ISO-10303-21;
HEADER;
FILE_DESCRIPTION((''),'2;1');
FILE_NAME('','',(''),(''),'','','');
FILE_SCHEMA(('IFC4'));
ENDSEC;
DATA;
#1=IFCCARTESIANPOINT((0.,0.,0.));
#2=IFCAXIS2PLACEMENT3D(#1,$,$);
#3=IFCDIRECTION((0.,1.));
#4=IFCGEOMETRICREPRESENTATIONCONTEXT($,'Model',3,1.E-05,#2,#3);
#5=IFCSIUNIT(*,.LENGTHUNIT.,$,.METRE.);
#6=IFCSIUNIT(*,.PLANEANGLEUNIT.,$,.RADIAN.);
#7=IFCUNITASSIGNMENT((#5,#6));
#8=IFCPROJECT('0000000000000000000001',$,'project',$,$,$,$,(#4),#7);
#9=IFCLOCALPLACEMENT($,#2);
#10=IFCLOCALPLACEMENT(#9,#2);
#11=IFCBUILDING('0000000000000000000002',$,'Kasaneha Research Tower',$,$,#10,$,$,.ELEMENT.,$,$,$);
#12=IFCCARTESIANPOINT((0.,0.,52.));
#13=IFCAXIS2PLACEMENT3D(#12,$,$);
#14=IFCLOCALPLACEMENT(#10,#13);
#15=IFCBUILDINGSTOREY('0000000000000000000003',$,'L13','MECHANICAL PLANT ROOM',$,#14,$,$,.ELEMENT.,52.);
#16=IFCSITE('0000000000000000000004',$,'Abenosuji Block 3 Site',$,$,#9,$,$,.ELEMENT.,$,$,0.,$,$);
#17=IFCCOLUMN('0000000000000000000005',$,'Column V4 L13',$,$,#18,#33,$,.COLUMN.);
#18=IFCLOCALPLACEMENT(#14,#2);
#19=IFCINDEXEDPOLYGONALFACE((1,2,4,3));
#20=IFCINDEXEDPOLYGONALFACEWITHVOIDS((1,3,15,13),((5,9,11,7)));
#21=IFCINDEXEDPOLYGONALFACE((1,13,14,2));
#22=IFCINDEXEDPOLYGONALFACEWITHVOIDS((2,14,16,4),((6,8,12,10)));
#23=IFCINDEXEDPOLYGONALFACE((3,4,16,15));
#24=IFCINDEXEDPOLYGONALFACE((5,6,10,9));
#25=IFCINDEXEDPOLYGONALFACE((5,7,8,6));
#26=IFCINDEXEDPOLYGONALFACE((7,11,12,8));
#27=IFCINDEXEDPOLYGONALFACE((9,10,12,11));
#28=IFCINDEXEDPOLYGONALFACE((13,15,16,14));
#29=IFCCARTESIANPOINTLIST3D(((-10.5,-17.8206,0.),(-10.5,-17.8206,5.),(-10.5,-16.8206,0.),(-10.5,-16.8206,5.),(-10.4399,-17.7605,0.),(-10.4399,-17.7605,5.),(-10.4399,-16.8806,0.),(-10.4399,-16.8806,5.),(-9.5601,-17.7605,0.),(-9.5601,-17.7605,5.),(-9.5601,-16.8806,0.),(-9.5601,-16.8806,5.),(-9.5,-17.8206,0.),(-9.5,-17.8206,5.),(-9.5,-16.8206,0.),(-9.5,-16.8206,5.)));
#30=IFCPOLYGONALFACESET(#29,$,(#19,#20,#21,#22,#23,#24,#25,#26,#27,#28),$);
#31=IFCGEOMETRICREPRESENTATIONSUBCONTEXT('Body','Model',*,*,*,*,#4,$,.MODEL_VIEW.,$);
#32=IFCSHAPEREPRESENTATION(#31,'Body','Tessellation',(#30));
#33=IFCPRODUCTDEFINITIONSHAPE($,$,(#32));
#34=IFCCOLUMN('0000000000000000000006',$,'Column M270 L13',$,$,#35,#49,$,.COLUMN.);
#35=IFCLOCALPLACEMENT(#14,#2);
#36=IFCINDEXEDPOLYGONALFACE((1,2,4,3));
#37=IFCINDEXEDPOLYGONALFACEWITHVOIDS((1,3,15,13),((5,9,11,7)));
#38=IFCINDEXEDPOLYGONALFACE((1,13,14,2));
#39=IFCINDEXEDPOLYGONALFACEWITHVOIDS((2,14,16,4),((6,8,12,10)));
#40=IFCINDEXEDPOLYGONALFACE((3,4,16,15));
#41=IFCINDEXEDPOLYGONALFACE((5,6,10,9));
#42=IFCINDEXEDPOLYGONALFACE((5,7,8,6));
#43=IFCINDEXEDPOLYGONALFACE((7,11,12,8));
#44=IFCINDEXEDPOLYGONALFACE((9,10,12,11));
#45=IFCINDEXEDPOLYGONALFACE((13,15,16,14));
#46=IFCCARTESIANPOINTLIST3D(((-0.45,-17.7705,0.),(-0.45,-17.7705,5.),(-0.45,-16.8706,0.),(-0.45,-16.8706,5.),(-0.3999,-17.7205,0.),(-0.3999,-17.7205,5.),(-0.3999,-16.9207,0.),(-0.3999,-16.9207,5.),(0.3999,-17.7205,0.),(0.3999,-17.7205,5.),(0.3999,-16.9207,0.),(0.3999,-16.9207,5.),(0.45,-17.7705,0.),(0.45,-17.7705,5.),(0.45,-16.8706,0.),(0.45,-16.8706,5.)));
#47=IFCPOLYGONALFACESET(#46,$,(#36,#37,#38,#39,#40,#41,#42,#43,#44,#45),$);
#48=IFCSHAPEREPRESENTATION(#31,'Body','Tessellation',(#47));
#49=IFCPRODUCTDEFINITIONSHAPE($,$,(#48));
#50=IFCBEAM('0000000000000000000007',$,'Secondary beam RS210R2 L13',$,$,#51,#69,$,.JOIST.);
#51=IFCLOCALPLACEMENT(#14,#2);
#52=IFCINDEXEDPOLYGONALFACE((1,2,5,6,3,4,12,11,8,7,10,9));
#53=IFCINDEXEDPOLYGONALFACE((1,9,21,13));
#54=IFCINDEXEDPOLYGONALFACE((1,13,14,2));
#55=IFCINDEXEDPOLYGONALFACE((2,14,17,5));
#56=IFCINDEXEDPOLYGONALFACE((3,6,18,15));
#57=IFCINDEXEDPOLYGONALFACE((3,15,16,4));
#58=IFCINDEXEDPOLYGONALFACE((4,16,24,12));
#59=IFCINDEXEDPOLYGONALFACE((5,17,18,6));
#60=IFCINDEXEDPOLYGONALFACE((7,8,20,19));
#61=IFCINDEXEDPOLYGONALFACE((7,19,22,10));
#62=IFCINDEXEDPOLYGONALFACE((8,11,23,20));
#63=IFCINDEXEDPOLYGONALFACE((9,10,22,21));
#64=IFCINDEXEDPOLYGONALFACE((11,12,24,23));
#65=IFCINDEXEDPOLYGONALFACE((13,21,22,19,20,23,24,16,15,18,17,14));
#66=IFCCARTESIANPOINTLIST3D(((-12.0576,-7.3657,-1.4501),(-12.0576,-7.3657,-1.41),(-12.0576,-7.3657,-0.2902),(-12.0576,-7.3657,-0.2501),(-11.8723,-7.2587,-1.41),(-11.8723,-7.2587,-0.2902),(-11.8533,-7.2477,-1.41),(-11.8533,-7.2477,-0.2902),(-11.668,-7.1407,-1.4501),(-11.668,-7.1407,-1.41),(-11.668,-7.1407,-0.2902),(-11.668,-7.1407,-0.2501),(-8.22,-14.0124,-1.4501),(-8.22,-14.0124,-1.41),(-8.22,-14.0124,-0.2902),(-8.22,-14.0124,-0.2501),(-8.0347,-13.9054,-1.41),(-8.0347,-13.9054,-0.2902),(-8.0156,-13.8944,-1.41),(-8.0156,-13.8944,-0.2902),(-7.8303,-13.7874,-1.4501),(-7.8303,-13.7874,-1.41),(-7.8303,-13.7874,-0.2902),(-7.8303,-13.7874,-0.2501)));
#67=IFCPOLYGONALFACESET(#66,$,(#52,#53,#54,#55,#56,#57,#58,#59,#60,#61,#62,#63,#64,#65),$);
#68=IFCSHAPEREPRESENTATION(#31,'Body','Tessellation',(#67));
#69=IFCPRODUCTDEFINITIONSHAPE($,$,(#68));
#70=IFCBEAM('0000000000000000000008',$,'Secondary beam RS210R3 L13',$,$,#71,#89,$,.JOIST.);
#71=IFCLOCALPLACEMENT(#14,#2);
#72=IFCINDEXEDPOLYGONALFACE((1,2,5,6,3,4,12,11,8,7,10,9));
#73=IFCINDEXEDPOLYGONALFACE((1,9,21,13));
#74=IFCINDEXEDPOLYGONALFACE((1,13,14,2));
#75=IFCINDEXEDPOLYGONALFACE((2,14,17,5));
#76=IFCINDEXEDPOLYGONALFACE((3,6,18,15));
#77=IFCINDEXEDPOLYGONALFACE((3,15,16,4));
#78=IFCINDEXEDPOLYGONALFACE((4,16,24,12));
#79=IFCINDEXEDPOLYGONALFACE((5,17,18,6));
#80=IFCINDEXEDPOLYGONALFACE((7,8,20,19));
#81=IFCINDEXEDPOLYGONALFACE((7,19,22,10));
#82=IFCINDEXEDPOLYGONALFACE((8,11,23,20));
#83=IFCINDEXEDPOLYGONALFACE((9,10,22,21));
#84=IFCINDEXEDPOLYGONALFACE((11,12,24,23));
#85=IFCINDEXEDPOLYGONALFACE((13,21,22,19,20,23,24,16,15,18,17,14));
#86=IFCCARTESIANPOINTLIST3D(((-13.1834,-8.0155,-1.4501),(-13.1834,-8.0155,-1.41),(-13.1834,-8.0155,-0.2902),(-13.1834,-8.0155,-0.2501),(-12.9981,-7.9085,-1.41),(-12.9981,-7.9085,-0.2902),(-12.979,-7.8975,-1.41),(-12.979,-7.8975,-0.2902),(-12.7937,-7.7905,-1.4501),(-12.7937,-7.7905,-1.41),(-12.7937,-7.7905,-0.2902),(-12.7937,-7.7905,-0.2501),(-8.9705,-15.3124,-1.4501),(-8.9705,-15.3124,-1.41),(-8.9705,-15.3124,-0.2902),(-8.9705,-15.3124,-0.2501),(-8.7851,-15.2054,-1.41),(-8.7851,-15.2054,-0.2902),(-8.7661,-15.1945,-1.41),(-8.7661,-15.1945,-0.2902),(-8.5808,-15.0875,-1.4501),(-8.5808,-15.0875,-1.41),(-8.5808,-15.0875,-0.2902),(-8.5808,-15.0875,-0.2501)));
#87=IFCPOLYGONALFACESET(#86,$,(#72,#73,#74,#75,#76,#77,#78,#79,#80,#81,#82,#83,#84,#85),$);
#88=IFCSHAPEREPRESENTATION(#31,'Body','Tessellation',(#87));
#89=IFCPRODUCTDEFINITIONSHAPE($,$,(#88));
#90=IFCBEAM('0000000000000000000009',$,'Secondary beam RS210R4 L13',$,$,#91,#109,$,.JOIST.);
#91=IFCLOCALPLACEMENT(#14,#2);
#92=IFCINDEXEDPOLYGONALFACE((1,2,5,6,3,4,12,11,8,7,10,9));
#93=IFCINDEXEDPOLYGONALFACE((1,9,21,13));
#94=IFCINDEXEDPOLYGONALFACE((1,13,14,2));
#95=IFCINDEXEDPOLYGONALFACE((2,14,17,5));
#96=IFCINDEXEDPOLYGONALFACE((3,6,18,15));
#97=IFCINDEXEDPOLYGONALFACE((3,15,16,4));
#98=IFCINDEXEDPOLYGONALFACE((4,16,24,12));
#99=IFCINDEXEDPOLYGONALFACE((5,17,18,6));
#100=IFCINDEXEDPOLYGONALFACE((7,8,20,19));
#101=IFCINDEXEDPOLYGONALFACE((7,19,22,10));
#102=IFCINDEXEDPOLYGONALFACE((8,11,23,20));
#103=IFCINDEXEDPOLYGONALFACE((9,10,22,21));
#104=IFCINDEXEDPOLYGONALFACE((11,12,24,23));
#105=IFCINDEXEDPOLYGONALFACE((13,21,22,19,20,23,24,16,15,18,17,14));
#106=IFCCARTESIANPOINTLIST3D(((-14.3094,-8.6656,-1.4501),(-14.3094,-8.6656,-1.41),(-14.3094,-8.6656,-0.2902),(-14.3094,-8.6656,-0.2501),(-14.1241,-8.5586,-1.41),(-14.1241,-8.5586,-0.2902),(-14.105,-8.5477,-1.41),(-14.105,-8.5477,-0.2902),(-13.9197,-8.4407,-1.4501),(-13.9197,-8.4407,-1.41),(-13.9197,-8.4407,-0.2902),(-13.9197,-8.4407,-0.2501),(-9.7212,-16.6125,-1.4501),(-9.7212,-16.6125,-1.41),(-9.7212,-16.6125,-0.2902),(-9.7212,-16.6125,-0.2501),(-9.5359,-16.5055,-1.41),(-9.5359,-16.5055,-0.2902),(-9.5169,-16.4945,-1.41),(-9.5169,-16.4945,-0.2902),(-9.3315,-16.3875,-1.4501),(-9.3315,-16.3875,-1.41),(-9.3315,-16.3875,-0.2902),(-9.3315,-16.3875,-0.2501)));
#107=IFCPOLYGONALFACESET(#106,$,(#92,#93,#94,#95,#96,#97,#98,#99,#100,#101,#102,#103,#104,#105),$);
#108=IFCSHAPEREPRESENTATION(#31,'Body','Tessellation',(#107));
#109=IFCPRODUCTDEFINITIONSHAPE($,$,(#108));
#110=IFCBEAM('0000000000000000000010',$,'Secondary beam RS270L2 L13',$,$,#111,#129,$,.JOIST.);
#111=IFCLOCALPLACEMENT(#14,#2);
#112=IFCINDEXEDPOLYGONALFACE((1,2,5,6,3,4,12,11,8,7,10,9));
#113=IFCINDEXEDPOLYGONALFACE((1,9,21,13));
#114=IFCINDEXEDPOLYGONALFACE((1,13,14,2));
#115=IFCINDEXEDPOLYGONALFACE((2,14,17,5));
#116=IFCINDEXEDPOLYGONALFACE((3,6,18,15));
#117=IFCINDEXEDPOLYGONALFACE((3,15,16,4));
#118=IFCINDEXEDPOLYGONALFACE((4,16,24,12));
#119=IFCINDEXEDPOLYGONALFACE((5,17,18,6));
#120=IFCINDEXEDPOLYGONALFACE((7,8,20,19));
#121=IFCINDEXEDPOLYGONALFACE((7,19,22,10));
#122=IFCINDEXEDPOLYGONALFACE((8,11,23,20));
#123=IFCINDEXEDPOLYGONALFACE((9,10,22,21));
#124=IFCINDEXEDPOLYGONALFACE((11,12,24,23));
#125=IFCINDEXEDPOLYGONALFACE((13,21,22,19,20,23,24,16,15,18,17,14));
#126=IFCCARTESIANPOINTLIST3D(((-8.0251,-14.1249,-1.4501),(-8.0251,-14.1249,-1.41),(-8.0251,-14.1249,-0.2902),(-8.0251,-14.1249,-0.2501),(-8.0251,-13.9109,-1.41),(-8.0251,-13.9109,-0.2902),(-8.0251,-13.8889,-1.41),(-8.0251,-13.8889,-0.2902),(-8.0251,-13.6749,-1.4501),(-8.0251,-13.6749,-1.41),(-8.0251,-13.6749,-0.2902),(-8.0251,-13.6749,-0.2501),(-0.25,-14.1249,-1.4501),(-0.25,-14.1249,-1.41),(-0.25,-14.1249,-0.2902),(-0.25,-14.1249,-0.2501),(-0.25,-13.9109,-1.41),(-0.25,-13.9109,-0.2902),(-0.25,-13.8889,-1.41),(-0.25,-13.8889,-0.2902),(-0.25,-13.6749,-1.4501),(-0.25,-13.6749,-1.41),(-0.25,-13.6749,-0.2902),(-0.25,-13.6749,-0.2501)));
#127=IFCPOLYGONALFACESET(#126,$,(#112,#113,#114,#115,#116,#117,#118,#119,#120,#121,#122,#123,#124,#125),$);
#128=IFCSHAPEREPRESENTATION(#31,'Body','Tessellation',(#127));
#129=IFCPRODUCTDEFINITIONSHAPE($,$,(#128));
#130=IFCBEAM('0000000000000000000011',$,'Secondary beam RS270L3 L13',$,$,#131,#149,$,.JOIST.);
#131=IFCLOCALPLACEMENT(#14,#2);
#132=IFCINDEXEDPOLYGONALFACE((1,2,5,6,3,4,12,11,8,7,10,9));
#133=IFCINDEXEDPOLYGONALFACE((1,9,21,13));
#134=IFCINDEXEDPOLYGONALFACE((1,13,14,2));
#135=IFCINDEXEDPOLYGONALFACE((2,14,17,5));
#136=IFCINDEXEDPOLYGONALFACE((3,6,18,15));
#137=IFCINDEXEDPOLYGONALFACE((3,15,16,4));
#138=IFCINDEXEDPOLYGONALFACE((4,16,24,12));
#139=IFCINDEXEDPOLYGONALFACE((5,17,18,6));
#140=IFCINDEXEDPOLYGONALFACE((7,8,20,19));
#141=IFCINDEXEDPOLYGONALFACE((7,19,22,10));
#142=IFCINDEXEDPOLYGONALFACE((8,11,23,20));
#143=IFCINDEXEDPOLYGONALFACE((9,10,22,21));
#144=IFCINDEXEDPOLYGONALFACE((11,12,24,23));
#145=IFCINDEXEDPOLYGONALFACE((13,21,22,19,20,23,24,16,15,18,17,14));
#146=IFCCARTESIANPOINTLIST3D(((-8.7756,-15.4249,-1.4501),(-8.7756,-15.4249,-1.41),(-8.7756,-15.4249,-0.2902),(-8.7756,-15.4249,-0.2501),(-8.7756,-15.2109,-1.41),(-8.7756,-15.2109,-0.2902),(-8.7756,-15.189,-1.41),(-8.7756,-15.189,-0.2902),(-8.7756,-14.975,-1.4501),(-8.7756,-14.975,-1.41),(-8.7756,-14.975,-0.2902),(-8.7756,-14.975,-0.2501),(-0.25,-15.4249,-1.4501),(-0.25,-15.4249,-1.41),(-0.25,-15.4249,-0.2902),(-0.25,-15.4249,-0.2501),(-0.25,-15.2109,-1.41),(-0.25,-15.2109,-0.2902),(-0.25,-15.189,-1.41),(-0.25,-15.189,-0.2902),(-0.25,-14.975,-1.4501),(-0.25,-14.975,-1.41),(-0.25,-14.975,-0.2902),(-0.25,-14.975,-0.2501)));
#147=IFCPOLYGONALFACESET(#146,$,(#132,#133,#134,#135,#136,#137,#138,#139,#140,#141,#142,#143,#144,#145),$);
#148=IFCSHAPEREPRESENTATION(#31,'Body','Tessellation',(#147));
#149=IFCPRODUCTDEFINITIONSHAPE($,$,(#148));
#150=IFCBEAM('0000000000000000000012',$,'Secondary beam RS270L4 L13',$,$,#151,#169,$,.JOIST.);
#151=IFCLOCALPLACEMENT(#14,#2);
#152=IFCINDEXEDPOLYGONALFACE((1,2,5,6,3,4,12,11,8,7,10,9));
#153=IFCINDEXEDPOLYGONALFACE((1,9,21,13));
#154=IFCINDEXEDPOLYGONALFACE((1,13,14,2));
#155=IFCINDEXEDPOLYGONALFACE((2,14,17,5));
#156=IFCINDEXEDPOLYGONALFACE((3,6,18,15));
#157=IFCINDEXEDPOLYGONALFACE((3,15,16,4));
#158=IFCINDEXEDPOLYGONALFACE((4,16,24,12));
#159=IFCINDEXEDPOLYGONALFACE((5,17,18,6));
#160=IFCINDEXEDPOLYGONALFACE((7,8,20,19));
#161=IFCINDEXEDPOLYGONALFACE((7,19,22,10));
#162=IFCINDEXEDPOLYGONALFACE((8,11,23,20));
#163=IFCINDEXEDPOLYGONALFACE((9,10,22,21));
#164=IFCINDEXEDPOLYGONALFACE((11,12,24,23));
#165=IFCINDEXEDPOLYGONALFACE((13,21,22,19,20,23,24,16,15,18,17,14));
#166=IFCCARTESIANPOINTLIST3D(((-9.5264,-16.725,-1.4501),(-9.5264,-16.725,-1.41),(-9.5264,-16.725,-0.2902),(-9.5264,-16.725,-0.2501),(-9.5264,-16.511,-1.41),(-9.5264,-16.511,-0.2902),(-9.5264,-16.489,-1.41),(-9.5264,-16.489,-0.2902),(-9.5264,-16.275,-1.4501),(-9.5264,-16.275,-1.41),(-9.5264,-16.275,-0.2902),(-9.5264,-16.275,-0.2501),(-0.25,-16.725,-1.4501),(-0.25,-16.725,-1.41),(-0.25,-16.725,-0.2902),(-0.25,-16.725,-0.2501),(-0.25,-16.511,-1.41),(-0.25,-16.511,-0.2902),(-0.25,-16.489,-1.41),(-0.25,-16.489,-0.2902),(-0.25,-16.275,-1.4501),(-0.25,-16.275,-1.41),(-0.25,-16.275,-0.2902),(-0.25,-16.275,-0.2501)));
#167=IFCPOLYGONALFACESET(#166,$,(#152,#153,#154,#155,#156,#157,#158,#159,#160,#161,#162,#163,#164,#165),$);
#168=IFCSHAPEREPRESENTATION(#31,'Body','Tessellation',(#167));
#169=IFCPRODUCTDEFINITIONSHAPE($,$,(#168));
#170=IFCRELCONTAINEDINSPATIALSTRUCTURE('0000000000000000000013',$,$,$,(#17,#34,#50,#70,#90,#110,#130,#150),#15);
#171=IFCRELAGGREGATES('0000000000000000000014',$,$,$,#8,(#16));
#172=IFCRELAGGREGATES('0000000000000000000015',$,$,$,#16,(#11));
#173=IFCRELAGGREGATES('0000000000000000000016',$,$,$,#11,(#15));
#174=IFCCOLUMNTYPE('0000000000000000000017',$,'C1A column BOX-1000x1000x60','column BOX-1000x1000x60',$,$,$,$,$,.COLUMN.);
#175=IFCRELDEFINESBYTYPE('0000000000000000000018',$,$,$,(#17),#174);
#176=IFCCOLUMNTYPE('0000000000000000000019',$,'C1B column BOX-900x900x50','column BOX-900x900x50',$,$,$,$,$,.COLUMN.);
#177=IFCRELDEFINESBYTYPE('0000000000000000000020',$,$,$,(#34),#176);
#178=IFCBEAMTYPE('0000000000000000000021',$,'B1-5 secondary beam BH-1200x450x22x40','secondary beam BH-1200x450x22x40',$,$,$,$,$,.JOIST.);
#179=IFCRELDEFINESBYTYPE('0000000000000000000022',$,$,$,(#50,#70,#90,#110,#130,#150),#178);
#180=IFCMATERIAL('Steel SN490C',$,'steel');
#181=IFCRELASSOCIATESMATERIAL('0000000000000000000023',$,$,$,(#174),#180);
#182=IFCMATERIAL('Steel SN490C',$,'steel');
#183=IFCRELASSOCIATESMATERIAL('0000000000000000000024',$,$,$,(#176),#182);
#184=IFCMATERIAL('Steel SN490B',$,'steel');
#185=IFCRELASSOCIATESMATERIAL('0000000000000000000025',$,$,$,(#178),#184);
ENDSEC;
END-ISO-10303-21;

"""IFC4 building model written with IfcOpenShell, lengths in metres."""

from ifc_helpers import new_model, si_unit, direction, frame, origin, origin_2d, place, context, subcontext, project, spatial, hollow_rectangle, i_section, extrude, material, material_profile, profile_set, type_object, element, save


model = new_model("IFC4")

# Units and contexts
model_context = context("Model", 3, precision=1e-05, world=origin(), true_north=direction((0.0, 1.0)))
body_context = subcontext(model_context, "Body", "Model", "MODEL_VIEW")
ifc_project = project(units=[si_unit("LENGTHUNIT", "METRE"), si_unit("PLANEANGLEUNIT", "RADIAN")], contexts=[model_context])

# Site, building, storey
site_placement = place(None, origin())
site = spatial("IfcSite", under=ifc_project, at=site_placement, Name="Abenosuji Block 3 Site", CompositionType="ELEMENT", RefElevation=0.0)
building_placement = place(site_placement, origin())
building = spatial("IfcBuilding", under=site, at=building_placement, Name="Kasaneha Research Tower", CompositionType="ELEMENT")
storey_placement = place(building_placement, frame((0.0, 0.0, 52.0)))
storey = spatial("IfcBuildingStorey", under=building, at=storey_placement, Name="L13", Description="MECHANICAL PLANT ROOM", CompositionType="ELEMENT", Elevation=52.0)

# Columns
ifc_material_1 = material(Name="Steel SN490C", Category="steel")
ifc_material_profile_1 = material_profile(ifc_material_1, hollow_rectangle(XDim=1.0, YDim=1.0, WallThickness=0.0601, at=origin_2d()), Name="BOX-1000x1000x60")
ifc_profile_set_1 = profile_set([ifc_material_profile_1], Name="Steel SN490C")
column_type_1 = type_object("IfcColumnType", Name="C1A column BOX-1000x1000x60", Description="column BOX-1000x1000x60", PredefinedType="COLUMN", material=ifc_profile_set_1)
column_1_placement = place(storey_placement, frame((-10.0, -17.3206, 0.0), z_axis=(0.0, 0.0, 1.0), x_axis=(1.0, 0.0, 0.0)))
element("IfcColumn", 1, at=column_1_placement, inside=storey, type_object=column_type_1, Name="Column V4 L13", PredefinedType="COLUMN", context=body_context, shape_type="SweptSolid", body=[
    extrude(hollow_rectangle(XDim=1.0, YDim=1.0, WallThickness=0.0601, at=origin_2d()), origin(), (0.0, 0.0, 1.0), 5.0),
])
ifc_material_2 = material(Name="Steel SN490C", Category="steel")
ifc_material_profile_2 = material_profile(ifc_material_2, hollow_rectangle(XDim=0.8999, YDim=0.8999, WallThickness=0.05, at=origin_2d()), Name="BOX-900x900x50")
ifc_profile_set_2 = profile_set([ifc_material_profile_2], Name="Steel SN490C")
column_type_2 = type_object("IfcColumnType", Name="C1B column BOX-900x900x50", Description="column BOX-900x900x50", PredefinedType="COLUMN", material=ifc_profile_set_2)
column_2_placement = place(storey_placement, frame((0.0, -17.3206, 0.0), z_axis=(0.0, 0.0, 1.0), x_axis=(1.0, 0.0, 0.0)))
element("IfcColumn", 2, at=column_2_placement, inside=storey, type_object=column_type_2, Name="Column M270 L13", PredefinedType="COLUMN", context=body_context, shape_type="SweptSolid", body=[
    extrude(hollow_rectangle(XDim=0.8999, YDim=0.8999, WallThickness=0.05, at=origin_2d()), origin(), (0.0, 0.0, 1.0), 5.0),
])

# Beams
ifc_material_3 = material(Name="Steel SN490B", Category="steel")
ifc_material_profile_3 = material_profile(ifc_material_3, i_section(OverallWidth=0.45, OverallDepth=1.2, WebThickness=0.022, FlangeThickness=0.04, at=origin_2d()), Name="BH-1200x450x22x40")
ifc_profile_set_3 = profile_set([ifc_material_profile_3], Name="Steel SN490B")
beam_type_1 = type_object("IfcBeamType", Name="B1-5 secondary beam BH-1200x450x22x40", Description="secondary beam BH-1200x450x22x40", PredefinedType="JOIST", material=ifc_profile_set_3)
beam_1_placement = place(storey_placement, frame((-8.0251, -13.8999, -0.8501), z_axis=(-0.500015, 0.866017, 0.0), x_axis=(-0.866017, -0.500015, 0.0)))
element("IfcBeam", 3, at=beam_1_placement, inside=storey, type_object=beam_type_1, Name="Secondary beam RS210R2 L13", PredefinedType="JOIST", context=body_context, shape_type="SweptSolid", body=[
    extrude(i_section(OverallWidth=0.45, OverallDepth=1.2, WebThickness=0.022, FlangeThickness=0.04, at=origin_2d()), origin(), (0.0, 0.0, 1.0), 7.675),
])
beam_2_placement = place(storey_placement, frame((-8.7756, -15.2, -0.8501), z_axis=(-0.500003, 0.866023, 0.0), x_axis=(-0.866023, -0.500003, 0.0)))
element("IfcBeam", 4, at=beam_2_placement, inside=storey, type_object=beam_type_1, Name="Secondary beam RS210R3 L13", PredefinedType="JOIST", context=body_context, shape_type="SweptSolid", body=[
    extrude(i_section(OverallWidth=0.45, OverallDepth=1.2, WebThickness=0.022, FlangeThickness=0.04, at=origin_2d()), origin(), (0.0, 0.0, 1.0), 8.4258),
])
beam_3_placement = place(storey_placement, frame((-9.5264, -16.5, -0.8501), z_axis=(-0.500005, 0.866023, 0.0), x_axis=(-0.866023, -0.500005, 0.0)))
element("IfcBeam", 5, at=beam_3_placement, inside=storey, type_object=beam_type_1, Name="Secondary beam RS210R4 L13", PredefinedType="JOIST", context=body_context, shape_type="SweptSolid", body=[
    extrude(i_section(OverallWidth=0.45, OverallDepth=1.2, WebThickness=0.022, FlangeThickness=0.04, at=origin_2d()), origin(), (0.0, 0.0, 1.0), 9.1763),
])
beam_4_placement = place(storey_placement, frame((-8.0251, -13.8999, -0.8501), z_axis=(1.0, 0.0, 0.0), x_axis=(0.0, 1.0, 0.0)))
element("IfcBeam", 6, at=beam_4_placement, inside=storey, type_object=beam_type_1, Name="Secondary beam RS270L2 L13", PredefinedType="JOIST", context=body_context, shape_type="SweptSolid", body=[
    extrude(i_section(OverallWidth=0.45, OverallDepth=1.2, WebThickness=0.022, FlangeThickness=0.04, at=origin_2d()), origin(), (0.0, 0.0, 1.0), 7.7751),
])
beam_5_placement = place(storey_placement, frame((-8.7756, -15.2, -0.8501), z_axis=(1.0, 0.0, 0.0), x_axis=(0.0, 1.0, 0.0)))
element("IfcBeam", 7, at=beam_5_placement, inside=storey, type_object=beam_type_1, Name="Secondary beam RS270L3 L13", PredefinedType="JOIST", context=body_context, shape_type="SweptSolid", body=[
    extrude(i_section(OverallWidth=0.45, OverallDepth=1.2, WebThickness=0.022, FlangeThickness=0.04, at=origin_2d()), origin(), (0.0, 0.0, 1.0), 8.5256),
])
beam_6_placement = place(storey_placement, frame((-9.5264, -16.5, -0.8501), z_axis=(1.0, 0.0, 0.0), x_axis=(0.0, 1.0, 0.0)))
element("IfcBeam", 8, at=beam_6_placement, inside=storey, type_object=beam_type_1, Name="Secondary beam RS270L4 L13", PredefinedType="JOIST", context=body_context, shape_type="SweptSolid", body=[
    extrude(i_section(OverallWidth=0.45, OverallDepth=1.2, WebThickness=0.022, FlangeThickness=0.04, at=origin_2d()), origin(), (0.0, 0.0, 1.0), 9.2764),
])

save(model, "model.ifc")
